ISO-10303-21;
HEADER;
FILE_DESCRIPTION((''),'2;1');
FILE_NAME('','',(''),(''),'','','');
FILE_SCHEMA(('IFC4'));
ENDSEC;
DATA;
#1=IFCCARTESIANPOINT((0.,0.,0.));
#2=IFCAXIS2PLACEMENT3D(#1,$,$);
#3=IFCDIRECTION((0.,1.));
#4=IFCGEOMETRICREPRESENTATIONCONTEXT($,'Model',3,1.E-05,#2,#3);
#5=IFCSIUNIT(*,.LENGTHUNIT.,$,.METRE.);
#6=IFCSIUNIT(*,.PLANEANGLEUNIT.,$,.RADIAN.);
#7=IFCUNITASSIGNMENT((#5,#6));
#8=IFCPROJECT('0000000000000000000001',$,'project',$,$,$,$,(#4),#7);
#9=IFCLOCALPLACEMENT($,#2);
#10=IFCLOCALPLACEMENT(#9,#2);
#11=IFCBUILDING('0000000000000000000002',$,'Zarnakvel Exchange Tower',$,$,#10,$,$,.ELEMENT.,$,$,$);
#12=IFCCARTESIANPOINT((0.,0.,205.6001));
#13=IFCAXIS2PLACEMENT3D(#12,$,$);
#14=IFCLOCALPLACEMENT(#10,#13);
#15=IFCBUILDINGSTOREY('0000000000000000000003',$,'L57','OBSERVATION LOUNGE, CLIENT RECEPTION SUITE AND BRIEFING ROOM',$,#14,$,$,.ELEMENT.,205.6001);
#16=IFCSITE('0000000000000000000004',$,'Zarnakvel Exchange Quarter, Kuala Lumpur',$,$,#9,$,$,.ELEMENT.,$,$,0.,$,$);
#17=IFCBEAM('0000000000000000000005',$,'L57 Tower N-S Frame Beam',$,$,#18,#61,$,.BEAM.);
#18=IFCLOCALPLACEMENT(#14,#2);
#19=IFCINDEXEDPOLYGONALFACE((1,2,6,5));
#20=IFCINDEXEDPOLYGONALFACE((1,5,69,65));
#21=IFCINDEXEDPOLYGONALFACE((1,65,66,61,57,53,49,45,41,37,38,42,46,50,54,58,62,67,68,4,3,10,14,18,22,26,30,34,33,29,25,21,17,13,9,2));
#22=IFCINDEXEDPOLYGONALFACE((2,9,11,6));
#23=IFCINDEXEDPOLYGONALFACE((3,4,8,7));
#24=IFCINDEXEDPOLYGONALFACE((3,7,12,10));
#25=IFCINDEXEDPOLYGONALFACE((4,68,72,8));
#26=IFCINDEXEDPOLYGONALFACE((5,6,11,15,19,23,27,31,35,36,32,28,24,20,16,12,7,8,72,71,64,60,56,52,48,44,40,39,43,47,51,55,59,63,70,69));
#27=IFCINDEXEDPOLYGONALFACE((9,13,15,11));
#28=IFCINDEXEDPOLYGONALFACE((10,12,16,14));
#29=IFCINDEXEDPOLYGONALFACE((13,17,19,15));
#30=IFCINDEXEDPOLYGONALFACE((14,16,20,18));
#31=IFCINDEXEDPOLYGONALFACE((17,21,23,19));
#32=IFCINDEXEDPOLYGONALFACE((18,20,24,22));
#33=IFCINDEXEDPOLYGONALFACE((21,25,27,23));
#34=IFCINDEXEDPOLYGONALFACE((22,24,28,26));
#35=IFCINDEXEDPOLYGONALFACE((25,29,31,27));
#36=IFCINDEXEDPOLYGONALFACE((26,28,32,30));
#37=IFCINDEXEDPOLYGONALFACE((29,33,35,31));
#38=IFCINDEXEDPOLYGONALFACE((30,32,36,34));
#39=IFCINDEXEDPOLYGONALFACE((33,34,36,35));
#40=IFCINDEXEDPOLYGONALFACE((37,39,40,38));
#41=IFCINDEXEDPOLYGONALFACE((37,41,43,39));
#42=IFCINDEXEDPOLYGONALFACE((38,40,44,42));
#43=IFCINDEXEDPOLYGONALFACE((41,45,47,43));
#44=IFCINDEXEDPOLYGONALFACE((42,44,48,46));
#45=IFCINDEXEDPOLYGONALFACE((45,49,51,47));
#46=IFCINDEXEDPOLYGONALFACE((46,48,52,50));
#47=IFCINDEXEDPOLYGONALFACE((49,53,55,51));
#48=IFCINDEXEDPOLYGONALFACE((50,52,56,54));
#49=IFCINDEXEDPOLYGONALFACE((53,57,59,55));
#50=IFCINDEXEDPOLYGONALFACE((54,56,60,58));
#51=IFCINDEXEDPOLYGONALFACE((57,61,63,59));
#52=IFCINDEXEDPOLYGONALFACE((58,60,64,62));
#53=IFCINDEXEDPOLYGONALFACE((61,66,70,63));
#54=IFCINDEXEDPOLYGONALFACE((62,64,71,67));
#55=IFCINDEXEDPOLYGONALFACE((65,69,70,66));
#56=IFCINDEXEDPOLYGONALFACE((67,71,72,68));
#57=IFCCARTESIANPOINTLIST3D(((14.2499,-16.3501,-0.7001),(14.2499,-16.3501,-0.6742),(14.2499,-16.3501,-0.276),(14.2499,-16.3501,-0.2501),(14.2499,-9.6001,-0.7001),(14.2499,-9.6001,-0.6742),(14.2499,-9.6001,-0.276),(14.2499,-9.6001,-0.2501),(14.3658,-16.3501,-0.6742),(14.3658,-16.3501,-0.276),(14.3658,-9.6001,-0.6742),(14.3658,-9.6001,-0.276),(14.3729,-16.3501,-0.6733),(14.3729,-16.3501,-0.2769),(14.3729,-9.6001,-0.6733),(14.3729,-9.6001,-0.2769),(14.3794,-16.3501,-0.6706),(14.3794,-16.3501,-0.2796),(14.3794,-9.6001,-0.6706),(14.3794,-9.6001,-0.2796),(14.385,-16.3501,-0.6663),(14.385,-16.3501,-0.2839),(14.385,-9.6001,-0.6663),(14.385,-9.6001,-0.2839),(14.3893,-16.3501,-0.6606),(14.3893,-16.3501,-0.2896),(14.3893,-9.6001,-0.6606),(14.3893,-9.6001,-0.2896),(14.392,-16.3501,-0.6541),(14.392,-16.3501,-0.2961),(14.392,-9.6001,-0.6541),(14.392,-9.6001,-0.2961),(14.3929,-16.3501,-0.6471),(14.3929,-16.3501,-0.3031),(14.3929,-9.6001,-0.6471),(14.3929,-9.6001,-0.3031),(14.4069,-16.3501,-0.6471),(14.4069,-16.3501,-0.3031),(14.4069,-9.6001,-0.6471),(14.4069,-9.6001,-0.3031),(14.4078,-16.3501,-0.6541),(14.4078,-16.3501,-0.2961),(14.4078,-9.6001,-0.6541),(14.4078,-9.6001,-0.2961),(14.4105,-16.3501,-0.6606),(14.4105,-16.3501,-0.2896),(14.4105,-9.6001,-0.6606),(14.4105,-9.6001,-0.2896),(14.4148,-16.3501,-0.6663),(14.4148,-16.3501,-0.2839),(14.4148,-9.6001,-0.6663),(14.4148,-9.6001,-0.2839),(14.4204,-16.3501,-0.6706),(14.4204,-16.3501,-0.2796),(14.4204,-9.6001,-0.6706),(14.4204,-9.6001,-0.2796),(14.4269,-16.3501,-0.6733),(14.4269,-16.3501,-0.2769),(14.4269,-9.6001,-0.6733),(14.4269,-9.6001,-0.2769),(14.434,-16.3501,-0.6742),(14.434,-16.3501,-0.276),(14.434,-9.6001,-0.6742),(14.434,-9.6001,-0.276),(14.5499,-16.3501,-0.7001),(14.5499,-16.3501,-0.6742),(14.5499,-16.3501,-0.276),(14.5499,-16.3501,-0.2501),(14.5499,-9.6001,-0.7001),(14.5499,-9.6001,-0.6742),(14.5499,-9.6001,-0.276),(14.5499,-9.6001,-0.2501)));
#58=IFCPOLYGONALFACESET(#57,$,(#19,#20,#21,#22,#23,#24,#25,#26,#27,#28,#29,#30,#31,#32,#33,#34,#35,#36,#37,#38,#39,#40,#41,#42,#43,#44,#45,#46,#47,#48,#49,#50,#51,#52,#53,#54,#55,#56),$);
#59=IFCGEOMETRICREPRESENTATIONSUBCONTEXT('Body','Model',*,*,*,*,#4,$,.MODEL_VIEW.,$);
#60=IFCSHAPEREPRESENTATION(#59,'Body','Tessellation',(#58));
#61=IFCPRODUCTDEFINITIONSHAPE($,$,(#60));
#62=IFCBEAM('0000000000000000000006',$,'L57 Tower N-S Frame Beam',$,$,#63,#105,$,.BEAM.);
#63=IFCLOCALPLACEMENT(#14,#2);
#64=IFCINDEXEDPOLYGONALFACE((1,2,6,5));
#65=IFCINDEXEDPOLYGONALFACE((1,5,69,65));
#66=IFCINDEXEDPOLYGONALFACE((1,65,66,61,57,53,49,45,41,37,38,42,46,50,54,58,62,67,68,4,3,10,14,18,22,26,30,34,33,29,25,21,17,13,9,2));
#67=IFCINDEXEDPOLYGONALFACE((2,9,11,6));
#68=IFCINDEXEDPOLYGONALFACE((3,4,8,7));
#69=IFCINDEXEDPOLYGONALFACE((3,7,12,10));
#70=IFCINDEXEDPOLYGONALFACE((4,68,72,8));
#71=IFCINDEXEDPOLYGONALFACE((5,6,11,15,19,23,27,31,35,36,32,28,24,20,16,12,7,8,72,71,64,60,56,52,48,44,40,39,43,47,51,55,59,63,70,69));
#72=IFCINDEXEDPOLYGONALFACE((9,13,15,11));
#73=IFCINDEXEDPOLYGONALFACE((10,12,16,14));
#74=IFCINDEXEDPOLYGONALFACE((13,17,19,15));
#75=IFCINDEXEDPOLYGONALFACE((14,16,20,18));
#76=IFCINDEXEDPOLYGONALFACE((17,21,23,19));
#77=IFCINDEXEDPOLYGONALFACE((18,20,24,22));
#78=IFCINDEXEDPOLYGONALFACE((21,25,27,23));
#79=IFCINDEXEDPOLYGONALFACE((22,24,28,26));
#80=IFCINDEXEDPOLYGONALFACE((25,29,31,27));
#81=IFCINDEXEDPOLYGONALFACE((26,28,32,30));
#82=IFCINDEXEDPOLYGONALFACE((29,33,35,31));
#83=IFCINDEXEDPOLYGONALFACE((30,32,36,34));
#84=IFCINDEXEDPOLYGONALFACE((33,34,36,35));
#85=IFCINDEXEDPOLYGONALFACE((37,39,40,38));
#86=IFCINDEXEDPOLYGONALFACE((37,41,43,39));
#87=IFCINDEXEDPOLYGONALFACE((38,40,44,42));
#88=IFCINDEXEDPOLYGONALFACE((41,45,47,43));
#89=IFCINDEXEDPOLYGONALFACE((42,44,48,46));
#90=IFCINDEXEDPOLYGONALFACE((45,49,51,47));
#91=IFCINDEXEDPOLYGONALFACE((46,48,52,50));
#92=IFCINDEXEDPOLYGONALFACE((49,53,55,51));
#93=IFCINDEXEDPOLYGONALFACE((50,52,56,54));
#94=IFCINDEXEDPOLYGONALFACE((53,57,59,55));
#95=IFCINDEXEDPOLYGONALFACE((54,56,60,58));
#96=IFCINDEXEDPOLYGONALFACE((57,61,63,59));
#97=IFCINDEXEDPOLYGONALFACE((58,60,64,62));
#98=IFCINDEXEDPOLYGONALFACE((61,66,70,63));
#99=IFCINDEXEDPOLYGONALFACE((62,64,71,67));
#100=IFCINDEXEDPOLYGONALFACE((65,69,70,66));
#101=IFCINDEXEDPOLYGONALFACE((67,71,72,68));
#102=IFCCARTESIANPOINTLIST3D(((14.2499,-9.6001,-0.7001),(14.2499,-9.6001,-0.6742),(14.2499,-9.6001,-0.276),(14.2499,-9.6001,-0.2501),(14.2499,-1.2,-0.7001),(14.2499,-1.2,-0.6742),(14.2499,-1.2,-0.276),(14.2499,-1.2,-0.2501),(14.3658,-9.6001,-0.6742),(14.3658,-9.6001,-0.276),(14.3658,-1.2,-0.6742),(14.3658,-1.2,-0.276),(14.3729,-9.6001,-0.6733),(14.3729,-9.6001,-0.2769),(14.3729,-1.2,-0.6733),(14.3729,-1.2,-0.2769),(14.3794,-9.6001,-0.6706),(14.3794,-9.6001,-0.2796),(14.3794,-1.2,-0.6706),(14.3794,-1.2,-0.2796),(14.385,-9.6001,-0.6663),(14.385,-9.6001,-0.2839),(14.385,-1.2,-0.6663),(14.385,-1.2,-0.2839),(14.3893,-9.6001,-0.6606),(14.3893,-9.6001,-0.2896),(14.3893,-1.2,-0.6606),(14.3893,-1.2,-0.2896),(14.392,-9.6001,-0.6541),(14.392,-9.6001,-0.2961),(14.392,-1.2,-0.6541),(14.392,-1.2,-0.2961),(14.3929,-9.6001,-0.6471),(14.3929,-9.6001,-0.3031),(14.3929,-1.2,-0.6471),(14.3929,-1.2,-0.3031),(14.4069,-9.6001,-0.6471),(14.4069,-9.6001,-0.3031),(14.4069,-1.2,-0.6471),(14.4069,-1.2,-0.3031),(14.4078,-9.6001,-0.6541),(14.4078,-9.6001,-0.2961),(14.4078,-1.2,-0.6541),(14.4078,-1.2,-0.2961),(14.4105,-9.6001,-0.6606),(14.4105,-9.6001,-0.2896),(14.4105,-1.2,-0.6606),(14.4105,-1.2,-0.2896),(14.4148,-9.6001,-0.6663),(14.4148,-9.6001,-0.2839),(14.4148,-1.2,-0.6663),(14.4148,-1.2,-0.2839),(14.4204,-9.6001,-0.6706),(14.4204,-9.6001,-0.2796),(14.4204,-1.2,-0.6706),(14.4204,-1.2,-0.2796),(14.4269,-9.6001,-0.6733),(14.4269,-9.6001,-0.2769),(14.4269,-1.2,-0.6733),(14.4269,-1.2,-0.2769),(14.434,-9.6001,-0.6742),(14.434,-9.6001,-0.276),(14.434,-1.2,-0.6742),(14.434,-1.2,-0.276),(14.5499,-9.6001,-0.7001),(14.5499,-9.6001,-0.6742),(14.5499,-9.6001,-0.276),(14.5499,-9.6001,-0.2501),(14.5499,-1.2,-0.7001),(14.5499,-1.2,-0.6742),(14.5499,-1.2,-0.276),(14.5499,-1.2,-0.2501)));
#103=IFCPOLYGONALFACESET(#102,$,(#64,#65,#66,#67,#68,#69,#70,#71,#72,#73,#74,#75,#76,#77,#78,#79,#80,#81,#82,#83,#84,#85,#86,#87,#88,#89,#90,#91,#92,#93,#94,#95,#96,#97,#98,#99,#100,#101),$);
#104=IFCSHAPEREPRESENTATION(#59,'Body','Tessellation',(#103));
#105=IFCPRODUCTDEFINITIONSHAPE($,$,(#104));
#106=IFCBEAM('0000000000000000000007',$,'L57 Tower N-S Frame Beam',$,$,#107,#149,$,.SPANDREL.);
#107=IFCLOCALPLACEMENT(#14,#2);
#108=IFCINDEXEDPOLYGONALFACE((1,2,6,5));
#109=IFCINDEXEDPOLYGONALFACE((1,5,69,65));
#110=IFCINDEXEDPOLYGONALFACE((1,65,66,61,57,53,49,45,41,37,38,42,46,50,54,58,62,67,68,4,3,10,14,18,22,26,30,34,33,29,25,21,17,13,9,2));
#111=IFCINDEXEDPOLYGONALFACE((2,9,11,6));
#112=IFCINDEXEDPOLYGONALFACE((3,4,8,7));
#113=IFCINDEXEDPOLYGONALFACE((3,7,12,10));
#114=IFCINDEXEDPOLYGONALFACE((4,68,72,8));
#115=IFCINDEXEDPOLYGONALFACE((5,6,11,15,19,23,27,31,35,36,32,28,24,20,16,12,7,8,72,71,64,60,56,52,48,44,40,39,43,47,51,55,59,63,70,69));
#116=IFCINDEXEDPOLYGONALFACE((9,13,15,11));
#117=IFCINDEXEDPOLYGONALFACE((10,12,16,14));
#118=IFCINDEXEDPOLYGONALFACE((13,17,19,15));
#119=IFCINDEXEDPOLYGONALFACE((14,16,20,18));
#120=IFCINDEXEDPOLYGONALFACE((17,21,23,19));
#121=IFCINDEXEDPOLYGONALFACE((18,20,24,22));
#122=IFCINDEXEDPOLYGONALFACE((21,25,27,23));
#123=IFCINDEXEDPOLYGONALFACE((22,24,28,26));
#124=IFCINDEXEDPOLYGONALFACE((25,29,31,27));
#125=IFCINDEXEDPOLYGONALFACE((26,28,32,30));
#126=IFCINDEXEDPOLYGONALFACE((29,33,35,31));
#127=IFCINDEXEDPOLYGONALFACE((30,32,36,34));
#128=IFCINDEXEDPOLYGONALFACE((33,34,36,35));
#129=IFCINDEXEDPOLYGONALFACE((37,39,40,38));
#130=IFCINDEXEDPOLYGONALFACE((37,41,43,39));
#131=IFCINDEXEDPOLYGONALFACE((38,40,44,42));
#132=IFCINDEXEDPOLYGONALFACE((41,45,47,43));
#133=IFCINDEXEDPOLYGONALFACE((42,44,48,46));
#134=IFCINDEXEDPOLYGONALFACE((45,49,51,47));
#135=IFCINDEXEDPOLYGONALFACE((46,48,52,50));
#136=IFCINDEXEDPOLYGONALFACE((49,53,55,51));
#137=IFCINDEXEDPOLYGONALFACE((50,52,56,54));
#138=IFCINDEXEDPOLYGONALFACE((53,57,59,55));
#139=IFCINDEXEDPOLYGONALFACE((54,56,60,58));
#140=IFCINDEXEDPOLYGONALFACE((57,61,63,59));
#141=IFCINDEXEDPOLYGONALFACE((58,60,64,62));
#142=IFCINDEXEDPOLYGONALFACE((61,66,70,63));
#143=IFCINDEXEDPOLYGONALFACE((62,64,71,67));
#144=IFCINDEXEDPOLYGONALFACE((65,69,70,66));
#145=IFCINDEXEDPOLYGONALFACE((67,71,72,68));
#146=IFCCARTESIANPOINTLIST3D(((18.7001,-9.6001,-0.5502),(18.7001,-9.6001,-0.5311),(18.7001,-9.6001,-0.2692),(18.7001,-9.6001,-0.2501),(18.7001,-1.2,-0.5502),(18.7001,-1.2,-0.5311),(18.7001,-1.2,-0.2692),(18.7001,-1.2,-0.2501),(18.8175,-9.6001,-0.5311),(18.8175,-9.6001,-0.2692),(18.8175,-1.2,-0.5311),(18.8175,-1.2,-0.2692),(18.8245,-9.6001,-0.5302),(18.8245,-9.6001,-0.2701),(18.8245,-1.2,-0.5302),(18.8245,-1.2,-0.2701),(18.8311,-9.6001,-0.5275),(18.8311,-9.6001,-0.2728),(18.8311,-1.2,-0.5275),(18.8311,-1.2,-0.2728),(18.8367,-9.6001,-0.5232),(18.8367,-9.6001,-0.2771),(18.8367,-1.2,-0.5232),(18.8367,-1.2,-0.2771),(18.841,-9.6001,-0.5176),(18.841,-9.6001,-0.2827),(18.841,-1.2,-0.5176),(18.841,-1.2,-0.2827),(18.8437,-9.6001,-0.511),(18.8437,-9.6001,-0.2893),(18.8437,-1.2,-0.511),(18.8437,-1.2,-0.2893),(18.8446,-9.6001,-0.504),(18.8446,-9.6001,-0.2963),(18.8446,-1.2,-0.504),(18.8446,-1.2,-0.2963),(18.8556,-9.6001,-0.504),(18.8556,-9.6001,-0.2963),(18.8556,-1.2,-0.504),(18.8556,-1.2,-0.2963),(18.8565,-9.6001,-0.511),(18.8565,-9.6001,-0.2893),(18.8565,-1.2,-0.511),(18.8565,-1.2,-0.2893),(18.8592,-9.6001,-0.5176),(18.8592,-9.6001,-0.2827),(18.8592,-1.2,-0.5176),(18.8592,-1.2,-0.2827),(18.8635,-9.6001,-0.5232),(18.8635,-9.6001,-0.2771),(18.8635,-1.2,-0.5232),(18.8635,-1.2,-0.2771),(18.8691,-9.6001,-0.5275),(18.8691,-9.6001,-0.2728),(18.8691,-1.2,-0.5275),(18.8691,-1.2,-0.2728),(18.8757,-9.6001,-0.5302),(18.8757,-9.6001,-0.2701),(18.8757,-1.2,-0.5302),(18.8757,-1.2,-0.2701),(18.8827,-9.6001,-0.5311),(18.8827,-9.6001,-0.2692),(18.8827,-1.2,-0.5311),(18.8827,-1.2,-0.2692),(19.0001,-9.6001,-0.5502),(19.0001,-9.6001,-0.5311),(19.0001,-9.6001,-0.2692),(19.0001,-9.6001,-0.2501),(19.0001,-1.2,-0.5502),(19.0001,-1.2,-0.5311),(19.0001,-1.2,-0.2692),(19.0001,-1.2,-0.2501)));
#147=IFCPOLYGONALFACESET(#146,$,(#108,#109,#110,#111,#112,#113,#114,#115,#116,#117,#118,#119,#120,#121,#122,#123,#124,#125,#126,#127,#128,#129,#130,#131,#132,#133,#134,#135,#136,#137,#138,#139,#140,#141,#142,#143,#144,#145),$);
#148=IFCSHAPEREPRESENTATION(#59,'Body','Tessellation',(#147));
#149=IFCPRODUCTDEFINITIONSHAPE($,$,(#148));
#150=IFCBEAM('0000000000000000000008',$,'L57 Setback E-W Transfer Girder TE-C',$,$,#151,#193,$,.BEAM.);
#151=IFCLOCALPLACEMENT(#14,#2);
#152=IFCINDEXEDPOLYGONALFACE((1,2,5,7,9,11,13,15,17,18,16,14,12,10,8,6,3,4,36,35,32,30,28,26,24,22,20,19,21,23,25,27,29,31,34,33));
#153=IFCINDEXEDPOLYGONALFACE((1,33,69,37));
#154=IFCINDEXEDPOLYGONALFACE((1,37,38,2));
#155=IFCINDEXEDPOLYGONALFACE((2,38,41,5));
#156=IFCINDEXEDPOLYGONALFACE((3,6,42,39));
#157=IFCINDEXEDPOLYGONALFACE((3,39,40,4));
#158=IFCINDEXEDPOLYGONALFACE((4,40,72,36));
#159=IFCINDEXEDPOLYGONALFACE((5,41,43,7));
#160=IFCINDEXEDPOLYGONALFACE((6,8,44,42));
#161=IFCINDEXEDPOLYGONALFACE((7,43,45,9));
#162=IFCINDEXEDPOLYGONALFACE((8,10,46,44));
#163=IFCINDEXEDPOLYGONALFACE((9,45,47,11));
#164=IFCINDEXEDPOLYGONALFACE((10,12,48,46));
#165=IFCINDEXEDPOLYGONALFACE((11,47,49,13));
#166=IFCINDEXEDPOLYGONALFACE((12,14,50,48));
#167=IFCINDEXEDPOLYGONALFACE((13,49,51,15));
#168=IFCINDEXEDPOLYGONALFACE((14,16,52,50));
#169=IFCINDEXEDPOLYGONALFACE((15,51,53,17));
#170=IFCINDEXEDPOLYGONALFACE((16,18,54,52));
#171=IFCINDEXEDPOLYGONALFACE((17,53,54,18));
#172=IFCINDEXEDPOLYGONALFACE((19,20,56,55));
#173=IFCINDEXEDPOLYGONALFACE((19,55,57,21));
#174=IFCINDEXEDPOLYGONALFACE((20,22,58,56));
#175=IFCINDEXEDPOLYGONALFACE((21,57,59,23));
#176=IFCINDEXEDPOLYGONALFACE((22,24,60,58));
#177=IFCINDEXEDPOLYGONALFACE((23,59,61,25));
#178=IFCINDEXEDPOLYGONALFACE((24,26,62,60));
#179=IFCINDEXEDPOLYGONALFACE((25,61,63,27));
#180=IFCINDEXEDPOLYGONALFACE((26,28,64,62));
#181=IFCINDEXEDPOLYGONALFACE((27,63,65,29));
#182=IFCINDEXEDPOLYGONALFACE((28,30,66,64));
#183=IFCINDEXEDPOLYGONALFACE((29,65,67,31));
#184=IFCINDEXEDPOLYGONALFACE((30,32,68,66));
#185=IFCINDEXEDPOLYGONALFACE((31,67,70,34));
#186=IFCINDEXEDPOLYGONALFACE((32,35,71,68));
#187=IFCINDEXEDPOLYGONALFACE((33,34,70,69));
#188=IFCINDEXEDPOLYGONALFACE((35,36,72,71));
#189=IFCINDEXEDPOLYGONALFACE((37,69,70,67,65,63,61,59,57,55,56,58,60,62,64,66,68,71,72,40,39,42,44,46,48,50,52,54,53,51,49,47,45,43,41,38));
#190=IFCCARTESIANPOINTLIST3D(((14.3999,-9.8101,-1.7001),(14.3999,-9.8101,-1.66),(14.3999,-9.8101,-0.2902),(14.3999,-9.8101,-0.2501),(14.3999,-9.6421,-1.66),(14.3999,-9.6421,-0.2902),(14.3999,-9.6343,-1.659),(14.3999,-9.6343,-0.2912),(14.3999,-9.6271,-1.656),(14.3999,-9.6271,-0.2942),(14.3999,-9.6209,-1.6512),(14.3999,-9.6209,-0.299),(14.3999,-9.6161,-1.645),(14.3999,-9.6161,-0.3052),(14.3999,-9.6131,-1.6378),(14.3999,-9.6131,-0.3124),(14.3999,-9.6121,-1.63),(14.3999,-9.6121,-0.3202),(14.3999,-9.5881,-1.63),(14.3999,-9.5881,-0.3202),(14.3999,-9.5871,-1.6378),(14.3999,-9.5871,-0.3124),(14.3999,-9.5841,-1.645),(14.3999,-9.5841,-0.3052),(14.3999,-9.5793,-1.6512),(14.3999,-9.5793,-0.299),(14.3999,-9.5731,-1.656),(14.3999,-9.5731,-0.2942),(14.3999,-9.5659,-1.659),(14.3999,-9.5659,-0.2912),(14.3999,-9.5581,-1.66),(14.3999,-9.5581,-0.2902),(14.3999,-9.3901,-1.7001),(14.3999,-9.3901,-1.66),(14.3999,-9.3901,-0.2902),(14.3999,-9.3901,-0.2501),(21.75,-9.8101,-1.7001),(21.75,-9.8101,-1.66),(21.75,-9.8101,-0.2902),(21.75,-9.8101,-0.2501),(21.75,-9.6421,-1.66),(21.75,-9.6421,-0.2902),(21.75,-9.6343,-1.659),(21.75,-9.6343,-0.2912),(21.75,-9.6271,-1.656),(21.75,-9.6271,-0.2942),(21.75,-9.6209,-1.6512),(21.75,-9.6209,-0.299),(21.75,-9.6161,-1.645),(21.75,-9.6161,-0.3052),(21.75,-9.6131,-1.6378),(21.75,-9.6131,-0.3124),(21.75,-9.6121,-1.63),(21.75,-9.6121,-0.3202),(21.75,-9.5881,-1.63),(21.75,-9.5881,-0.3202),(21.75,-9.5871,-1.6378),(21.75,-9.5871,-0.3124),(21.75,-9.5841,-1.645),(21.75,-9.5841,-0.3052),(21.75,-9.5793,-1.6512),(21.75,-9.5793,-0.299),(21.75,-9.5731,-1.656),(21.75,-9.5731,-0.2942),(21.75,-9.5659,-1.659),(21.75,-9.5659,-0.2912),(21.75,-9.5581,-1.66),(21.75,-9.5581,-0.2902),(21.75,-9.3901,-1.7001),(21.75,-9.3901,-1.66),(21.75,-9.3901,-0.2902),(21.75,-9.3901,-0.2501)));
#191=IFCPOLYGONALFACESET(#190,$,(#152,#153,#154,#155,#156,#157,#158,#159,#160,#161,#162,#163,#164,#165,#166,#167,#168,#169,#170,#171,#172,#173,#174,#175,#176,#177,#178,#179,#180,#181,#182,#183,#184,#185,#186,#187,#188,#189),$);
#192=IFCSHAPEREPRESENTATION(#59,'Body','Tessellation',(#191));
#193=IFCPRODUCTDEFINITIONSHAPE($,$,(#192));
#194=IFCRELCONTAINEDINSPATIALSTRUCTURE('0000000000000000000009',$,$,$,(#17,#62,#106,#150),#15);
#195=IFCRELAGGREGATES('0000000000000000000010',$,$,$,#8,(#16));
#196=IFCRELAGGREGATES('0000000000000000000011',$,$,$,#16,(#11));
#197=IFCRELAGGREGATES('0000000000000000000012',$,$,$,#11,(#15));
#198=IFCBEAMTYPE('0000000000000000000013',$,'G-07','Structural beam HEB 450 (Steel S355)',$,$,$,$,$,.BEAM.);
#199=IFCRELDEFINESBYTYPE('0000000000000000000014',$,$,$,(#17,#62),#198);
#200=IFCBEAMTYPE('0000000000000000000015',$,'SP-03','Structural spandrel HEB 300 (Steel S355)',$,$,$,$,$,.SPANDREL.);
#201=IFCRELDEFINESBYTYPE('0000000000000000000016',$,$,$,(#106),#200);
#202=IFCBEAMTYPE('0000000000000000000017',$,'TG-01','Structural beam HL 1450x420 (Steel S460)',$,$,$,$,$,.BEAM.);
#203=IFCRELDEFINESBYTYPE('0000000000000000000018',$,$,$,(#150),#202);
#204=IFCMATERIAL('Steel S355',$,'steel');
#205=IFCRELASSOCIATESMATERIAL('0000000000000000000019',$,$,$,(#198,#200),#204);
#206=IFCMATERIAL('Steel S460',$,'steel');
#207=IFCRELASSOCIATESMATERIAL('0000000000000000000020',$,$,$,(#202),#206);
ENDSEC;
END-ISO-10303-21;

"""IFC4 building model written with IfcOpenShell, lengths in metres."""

from ifc_helpers import new_model, si_unit, direction, frame, origin, origin_2d, place, context, subcontext, project, spatial, i_section, extrude, material, material_profile, profile_set, type_object, element, save


model = new_model("IFC4")

# Units and contexts
model_context = context("Model", 3, precision=1e-05, world=origin(), true_north=direction((0.0, 1.0)))
body_context = subcontext(model_context, "Body", "Model", "MODEL_VIEW")
ifc_project = project(units=[si_unit("LENGTHUNIT", "METRE"), si_unit("PLANEANGLEUNIT", "RADIAN")], contexts=[model_context])

# Site, building, storey
site_placement = place(None, origin())
site = spatial("IfcSite", under=ifc_project, at=site_placement, Name="Zarnakvel Exchange Quarter, Kuala Lumpur", CompositionType="ELEMENT", RefElevation=0.0)
building_placement = place(site_placement, origin())
building = spatial("IfcBuilding", under=site, at=building_placement, Name="Zarnakvel Exchange Tower", CompositionType="ELEMENT")
storey_placement = place(building_placement, frame((0.0, 0.0, 205.6001)))
storey = spatial("IfcBuildingStorey", under=building, at=storey_placement, Name="L57", Description="OBSERVATION LOUNGE, CLIENT RECEPTION SUITE AND BRIEFING ROOM", CompositionType="ELEMENT", Elevation=205.6001)

# Shared definitions
ifc_material_1 = material(Name="Steel S355", Category="steel")

# Beams
ifc_material_profile_1 = material_profile(ifc_material_1, i_section(OverallWidth=0.3, OverallDepth=0.45, WebThickness=0.0139, FlangeThickness=0.0259, FilletRadius=0.0271, at=origin_2d()))
ifc_profile_set_1 = profile_set([ifc_material_profile_1], Name="Steel S355")
beam_type_1 = type_object("IfcBeamType", Name="G-07", Description="Structural beam HEB 450 (Steel S355)", PredefinedType="BEAM", material=ifc_profile_set_1)
beam_1_placement = place(storey_placement, frame((14.3999, -16.3501, -0.4751), z_axis=(0.0, 1.0, 0.0), x_axis=(-1.0, 0.0, 0.0)))
element("IfcBeam", 1, at=beam_1_placement, inside=storey, type_object=beam_type_1, Name="L57 Tower N-S Frame Beam", PredefinedType="BEAM", context=body_context, shape_type="SweptSolid", body=[
    extrude(i_section(OverallWidth=0.3, OverallDepth=0.45, WebThickness=0.0139, FlangeThickness=0.0259, FilletRadius=0.0271, at=origin_2d()), origin(), (0.0, 0.0, 1.0), 6.75),
])
beam_2_placement = place(storey_placement, frame((14.3999, -9.6001, -0.4751), z_axis=(0.0, 1.0, 0.0), x_axis=(-1.0, 0.0, 0.0)))
element("IfcBeam", 2, at=beam_2_placement, inside=storey, type_object=beam_type_1, Name="L57 Tower N-S Frame Beam", PredefinedType="BEAM", context=body_context, shape_type="SweptSolid", body=[
    extrude(i_section(OverallWidth=0.3, OverallDepth=0.45, WebThickness=0.0139, FlangeThickness=0.0259, FilletRadius=0.0271, at=origin_2d()), origin(), (0.0, 0.0, 1.0), 8.4001),
])
ifc_material_profile_2 = material_profile(ifc_material_1, i_section(OverallWidth=0.3, OverallDepth=0.3, WebThickness=0.011, FlangeThickness=0.019, FilletRadius=0.0271, at=origin_2d()))
ifc_profile_set_2 = profile_set([ifc_material_profile_2], Name="Steel S355")
beam_type_2 = type_object("IfcBeamType", Name="SP-03", Description="Structural spandrel HEB 300 (Steel S355)", PredefinedType="SPANDREL", material=ifc_profile_set_2)
beam_3_placement = place(storey_placement, frame((18.8501, -9.6001, -0.4001), z_axis=(0.0, 1.0, 0.0), x_axis=(-1.0, 0.0, 0.0)))
element("IfcBeam", 3, at=beam_3_placement, inside=storey, type_object=beam_type_2, Name="L57 Tower N-S Frame Beam", PredefinedType="SPANDREL", context=body_context, shape_type="SweptSolid", body=[
    extrude(i_section(OverallWidth=0.3, OverallDepth=0.3, WebThickness=0.011, FlangeThickness=0.019, FilletRadius=0.0271, at=origin_2d()), origin(), (0.0, 0.0, 1.0), 8.4001),
])
ifc_material_2 = material(Name="Steel S460", Category="steel")
ifc_material_profile_3 = material_profile(ifc_material_2, i_section(OverallWidth=0.4199, OverallDepth=1.45, WebThickness=0.0239, FlangeThickness=0.04, FilletRadius=0.03, at=origin_2d()))
ifc_profile_set_3 = profile_set([ifc_material_profile_3], Name="Steel S460")
beam_type_3 = type_object("IfcBeamType", Name="TG-01", Description="Structural beam HL 1450x420 (Steel S460)", PredefinedType="BEAM", material=ifc_profile_set_3)
beam_4_placement = place(storey_placement, frame((14.3999, -9.6001, -0.9751), z_axis=(1.0, 0.0, 0.0), x_axis=(0.0, 1.0, 0.0)))
element("IfcBeam", 4, at=beam_4_placement, inside=storey, type_object=beam_type_3, Name="L57 Setback E-W Transfer Girder TE-C", PredefinedType="BEAM", context=body_context, shape_type="SweptSolid", body=[
    extrude(i_section(OverallWidth=0.4199, OverallDepth=1.45, WebThickness=0.0239, FlangeThickness=0.04, FilletRadius=0.03, at=origin_2d()), origin(), (0.0, 0.0, 1.0), 7.3501),
])

save(model, "model.ifc")
